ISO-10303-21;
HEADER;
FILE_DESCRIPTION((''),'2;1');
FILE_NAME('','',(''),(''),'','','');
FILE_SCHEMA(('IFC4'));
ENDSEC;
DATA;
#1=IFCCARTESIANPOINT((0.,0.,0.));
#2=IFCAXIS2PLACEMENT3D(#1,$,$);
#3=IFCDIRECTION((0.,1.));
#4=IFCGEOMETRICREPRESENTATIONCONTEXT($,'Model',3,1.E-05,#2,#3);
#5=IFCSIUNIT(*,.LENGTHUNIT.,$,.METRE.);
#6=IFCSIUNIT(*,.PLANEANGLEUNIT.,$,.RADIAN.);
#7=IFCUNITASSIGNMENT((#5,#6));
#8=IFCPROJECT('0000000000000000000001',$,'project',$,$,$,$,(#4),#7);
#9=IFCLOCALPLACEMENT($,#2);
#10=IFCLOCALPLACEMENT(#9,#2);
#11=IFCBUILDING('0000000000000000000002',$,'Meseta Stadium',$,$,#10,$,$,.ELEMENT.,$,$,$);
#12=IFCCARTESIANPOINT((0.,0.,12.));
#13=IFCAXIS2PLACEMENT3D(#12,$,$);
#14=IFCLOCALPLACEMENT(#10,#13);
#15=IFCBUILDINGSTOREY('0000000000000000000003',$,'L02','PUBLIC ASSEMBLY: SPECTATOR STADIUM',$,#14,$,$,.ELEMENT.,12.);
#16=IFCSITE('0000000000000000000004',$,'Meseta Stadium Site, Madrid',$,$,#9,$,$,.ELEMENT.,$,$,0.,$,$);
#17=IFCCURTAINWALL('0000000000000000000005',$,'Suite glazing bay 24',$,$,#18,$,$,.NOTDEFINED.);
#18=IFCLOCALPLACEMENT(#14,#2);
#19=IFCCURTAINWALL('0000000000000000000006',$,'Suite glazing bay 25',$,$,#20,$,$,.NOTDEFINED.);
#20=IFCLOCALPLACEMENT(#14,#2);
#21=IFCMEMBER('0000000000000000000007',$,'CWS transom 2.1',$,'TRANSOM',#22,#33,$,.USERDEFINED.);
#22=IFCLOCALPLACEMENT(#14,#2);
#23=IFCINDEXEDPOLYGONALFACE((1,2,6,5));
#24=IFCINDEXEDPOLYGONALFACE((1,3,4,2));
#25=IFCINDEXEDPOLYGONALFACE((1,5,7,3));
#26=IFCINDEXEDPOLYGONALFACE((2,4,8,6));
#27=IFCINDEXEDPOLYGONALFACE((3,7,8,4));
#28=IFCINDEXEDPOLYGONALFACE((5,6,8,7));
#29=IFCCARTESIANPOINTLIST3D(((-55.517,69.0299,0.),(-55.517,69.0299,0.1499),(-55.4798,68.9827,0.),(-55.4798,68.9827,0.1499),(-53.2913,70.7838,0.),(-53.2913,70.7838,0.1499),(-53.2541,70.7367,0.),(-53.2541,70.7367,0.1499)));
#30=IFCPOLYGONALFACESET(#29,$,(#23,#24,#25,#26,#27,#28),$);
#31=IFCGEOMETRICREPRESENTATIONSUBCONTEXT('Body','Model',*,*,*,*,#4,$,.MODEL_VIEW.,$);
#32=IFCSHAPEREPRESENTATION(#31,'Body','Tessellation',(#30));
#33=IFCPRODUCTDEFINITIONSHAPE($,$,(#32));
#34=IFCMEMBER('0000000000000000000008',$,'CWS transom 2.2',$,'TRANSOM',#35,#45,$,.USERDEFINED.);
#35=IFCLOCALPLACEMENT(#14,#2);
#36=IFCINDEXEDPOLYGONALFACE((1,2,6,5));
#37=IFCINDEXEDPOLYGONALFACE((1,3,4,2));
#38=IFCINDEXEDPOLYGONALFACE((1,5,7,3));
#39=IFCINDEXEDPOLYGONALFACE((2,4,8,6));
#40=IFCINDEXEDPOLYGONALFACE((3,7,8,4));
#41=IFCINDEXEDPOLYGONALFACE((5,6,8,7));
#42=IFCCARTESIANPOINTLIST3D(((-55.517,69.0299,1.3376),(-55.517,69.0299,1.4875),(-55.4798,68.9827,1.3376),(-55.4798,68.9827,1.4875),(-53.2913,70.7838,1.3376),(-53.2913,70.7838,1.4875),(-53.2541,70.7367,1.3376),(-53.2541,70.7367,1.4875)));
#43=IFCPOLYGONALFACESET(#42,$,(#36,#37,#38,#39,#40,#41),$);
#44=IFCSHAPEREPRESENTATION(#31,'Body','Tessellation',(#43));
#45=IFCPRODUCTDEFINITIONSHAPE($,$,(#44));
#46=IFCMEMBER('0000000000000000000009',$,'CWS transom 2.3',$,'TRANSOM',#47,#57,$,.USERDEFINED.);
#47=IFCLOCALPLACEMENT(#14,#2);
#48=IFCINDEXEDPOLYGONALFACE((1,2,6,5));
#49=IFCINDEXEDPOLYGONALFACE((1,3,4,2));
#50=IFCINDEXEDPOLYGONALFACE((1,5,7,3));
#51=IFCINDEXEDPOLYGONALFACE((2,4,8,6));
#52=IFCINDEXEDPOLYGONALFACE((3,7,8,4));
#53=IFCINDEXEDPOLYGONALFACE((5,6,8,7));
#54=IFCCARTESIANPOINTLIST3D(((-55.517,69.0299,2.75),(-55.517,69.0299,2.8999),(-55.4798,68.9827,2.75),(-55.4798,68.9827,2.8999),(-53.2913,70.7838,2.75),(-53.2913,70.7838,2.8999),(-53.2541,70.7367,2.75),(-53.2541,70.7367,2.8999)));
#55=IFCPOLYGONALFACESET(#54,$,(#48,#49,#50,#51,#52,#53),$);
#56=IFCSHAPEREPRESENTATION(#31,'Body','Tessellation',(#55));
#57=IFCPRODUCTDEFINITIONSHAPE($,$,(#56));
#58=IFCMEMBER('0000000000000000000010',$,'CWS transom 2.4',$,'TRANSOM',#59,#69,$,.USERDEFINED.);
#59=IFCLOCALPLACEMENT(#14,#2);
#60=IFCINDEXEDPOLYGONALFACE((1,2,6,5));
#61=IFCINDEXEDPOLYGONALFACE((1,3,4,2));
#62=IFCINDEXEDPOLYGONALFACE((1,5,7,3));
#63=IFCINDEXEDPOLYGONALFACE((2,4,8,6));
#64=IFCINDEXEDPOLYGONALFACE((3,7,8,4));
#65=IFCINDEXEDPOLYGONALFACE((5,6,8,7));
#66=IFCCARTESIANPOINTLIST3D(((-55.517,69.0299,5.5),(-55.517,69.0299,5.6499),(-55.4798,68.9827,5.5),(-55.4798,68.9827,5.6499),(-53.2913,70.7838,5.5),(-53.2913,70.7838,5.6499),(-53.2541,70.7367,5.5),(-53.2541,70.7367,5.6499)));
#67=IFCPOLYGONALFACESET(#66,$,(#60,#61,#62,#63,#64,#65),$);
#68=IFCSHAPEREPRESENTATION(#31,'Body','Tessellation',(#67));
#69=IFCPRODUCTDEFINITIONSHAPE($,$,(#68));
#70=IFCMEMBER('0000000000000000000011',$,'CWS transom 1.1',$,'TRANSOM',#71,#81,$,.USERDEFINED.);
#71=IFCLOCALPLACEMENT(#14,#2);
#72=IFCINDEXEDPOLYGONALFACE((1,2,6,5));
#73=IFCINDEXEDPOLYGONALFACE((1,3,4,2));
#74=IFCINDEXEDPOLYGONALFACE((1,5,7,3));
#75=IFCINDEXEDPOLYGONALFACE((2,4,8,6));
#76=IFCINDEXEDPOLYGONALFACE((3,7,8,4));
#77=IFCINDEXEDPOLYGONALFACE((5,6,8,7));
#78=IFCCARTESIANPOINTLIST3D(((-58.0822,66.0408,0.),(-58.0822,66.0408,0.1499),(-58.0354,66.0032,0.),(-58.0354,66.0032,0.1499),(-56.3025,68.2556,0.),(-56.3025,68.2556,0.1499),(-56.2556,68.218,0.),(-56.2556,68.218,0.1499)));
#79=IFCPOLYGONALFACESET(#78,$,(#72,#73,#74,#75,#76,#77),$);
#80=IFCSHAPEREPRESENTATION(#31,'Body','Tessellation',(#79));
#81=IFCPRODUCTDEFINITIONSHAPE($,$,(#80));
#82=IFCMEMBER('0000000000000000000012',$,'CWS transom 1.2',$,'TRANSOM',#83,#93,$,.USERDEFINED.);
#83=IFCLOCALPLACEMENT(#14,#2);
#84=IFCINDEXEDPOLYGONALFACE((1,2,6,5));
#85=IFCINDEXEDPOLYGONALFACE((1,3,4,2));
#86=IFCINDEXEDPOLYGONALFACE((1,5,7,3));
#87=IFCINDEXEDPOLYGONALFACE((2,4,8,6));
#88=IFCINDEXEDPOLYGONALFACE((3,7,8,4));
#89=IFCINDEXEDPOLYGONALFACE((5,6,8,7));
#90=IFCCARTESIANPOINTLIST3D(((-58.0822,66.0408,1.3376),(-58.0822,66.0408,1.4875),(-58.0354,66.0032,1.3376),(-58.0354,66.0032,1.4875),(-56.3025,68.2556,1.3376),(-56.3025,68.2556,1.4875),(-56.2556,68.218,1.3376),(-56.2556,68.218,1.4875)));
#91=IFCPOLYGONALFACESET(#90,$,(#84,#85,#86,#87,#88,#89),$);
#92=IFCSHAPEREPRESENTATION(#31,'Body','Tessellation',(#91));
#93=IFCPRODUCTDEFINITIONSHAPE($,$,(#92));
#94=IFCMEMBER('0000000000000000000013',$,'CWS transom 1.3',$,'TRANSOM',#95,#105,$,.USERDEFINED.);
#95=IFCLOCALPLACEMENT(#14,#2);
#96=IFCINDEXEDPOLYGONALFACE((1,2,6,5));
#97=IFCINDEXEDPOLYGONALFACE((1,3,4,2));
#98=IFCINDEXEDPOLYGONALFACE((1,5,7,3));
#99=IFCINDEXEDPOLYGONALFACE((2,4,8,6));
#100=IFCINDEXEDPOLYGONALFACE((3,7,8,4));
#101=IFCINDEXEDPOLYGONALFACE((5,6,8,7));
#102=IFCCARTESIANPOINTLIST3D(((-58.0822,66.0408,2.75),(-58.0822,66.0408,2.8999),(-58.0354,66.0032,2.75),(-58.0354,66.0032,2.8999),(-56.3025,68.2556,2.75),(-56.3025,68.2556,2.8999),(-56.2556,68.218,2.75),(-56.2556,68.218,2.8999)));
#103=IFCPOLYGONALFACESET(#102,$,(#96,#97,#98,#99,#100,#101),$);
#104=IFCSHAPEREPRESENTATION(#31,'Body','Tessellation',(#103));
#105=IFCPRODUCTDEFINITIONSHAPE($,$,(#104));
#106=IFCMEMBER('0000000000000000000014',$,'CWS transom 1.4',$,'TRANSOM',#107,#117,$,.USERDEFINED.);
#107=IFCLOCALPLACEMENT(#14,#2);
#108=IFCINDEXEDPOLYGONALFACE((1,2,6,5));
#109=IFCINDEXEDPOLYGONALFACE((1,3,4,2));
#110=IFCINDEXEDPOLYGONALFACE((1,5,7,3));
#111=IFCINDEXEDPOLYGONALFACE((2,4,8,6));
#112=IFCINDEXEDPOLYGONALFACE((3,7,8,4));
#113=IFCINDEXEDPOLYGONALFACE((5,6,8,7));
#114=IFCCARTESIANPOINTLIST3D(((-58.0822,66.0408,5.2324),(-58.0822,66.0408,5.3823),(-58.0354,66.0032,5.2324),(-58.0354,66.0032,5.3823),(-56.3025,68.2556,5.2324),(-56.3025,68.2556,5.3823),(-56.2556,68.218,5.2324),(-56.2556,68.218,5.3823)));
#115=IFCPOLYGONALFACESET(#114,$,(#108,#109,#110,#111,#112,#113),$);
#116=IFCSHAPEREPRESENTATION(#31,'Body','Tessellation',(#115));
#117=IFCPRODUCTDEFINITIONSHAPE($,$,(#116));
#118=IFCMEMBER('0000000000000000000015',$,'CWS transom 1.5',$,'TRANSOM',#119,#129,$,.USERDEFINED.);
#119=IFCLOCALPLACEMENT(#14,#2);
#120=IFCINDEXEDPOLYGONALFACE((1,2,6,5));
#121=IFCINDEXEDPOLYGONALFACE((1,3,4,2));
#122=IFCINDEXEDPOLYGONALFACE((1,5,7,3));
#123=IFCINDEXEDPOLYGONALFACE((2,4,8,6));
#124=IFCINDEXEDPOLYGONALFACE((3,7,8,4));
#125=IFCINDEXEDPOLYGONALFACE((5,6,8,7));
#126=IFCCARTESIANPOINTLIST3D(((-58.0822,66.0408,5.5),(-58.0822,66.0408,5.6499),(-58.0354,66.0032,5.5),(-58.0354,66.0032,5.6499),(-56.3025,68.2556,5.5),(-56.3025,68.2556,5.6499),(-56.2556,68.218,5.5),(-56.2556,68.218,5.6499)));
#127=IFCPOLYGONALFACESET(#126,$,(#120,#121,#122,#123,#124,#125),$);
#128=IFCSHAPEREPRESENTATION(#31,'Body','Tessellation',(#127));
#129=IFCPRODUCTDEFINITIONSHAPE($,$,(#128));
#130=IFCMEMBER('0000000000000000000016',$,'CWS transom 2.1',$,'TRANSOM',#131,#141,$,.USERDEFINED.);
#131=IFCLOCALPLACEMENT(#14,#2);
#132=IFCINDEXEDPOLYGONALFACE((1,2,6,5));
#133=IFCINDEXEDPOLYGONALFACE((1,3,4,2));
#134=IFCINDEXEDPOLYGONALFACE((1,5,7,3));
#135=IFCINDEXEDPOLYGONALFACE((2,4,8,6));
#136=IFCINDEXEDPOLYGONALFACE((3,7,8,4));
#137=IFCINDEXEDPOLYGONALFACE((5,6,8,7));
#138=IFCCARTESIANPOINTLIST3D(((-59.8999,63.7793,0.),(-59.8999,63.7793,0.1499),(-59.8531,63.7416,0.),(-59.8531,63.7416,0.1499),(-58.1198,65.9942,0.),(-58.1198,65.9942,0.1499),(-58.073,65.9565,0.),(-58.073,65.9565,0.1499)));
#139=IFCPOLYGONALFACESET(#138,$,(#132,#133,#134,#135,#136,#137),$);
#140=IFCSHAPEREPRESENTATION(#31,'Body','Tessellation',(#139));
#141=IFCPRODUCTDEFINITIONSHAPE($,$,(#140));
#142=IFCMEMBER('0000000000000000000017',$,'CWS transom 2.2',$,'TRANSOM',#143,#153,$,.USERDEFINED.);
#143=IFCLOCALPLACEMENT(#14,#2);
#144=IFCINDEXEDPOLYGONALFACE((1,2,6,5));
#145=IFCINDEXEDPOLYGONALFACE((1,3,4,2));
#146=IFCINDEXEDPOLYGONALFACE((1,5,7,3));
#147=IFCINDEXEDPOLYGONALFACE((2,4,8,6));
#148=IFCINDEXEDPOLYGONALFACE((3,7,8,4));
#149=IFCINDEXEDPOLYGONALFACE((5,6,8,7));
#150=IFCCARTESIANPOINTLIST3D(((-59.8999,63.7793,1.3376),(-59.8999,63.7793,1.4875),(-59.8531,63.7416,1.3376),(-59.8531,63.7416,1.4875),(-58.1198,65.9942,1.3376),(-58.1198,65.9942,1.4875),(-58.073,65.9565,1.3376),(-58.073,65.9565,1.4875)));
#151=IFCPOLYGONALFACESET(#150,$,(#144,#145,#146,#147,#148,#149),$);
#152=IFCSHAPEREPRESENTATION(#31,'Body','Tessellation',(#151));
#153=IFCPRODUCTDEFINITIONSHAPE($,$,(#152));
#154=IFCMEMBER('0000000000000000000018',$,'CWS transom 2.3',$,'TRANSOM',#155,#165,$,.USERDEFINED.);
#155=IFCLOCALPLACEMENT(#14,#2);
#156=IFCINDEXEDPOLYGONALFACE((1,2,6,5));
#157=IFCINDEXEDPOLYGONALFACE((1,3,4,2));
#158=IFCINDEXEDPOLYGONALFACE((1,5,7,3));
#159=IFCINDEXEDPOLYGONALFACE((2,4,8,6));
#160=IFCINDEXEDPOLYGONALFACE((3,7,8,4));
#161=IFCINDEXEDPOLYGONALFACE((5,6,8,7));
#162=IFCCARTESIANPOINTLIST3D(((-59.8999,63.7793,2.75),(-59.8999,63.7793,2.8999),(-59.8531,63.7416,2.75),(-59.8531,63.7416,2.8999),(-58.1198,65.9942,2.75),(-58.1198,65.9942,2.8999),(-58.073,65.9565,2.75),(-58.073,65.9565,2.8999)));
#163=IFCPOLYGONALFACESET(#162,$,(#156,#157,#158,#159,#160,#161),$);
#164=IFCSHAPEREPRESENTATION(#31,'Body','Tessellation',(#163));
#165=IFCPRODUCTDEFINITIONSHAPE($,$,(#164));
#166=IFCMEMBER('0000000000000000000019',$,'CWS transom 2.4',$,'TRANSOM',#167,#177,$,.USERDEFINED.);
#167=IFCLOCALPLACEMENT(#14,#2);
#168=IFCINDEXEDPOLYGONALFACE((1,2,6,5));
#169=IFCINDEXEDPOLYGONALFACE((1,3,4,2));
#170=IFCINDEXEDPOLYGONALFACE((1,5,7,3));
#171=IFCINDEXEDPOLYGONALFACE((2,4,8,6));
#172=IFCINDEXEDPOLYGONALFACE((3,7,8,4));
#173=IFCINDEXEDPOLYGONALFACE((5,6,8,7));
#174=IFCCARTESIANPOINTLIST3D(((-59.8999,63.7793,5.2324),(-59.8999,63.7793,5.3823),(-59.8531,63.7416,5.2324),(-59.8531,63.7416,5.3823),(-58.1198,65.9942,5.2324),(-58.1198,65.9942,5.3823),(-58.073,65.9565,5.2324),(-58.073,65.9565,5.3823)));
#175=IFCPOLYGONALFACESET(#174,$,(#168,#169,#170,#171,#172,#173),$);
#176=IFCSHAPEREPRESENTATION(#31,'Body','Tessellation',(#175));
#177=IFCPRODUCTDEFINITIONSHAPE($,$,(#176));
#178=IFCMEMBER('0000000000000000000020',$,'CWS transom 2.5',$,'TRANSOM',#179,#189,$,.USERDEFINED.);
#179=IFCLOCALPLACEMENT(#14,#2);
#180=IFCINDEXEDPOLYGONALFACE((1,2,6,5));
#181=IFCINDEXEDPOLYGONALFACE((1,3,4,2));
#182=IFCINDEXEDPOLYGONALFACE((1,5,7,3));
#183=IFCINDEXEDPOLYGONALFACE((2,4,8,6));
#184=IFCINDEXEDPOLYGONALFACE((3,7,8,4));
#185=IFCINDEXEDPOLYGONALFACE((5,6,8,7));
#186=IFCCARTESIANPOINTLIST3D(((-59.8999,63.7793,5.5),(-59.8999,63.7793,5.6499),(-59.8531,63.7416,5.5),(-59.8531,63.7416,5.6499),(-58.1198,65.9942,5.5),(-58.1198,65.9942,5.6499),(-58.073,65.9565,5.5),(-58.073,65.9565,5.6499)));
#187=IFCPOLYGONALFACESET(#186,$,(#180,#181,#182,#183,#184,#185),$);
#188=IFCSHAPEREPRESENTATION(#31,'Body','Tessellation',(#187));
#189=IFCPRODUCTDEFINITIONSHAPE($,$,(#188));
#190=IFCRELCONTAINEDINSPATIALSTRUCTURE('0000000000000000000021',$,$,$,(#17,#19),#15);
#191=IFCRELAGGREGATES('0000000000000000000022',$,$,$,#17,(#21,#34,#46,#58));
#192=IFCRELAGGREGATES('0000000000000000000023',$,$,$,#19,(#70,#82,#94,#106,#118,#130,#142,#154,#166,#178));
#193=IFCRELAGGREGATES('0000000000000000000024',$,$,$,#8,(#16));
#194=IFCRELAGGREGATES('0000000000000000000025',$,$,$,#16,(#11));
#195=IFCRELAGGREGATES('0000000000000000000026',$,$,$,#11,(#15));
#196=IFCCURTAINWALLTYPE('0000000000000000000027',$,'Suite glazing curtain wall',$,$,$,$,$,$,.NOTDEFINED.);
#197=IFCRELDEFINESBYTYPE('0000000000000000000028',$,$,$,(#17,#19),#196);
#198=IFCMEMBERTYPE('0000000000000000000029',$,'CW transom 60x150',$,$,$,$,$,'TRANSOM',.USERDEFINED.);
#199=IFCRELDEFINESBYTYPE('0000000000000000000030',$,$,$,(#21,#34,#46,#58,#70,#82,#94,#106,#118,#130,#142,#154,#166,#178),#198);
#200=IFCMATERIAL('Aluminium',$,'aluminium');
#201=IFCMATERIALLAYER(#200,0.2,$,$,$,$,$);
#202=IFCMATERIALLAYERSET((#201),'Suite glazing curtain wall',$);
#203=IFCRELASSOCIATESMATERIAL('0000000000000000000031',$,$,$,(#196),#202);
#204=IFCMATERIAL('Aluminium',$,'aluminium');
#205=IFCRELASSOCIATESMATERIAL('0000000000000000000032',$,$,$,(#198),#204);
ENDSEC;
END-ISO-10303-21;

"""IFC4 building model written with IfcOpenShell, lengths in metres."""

from ifc_helpers import new_model, si_unit, direction, frame, origin, origin_2d, place, context, subcontext, project, spatial, rectangle, extrude, material, layer, layer_set, material_profile, profile_set, type_object, element, aggregate, save


model = new_model("IFC4")

# Units and contexts
model_context = context("Model", 3, precision=1e-05, world=origin(), true_north=direction((0.0, 1.0)))
body_context = subcontext(model_context, "Body", "Model", "MODEL_VIEW")
ifc_project = project(units=[si_unit("LENGTHUNIT", "METRE"), si_unit("PLANEANGLEUNIT", "RADIAN")], contexts=[model_context])

# Site, building, storey
site_placement = place(None, origin())
site = spatial("IfcSite", under=ifc_project, at=site_placement, Name="Meseta Stadium Site, Madrid", CompositionType="ELEMENT", RefElevation=0.0)
building_placement = place(site_placement, origin())
building = spatial("IfcBuilding", under=site, at=building_placement, Name="Meseta Stadium", CompositionType="ELEMENT")
storey_placement = place(building_placement, frame((0.0, 0.0, 12.0)))
storey = spatial("IfcBuildingStorey", under=building, at=storey_placement, Name="L02", Description="PUBLIC ASSEMBLY: SPECTATOR STADIUM", CompositionType="ELEMENT", Elevation=12.0)

# Curtain walls
ifc_material_1 = material(Name="Aluminium", Category="aluminium")
ifc_layer_1 = layer(ifc_material_1, 0.2)
ifc_layer_set_1 = layer_set([ifc_layer_1], Name="Suite glazing curtain wall")
curtain_wall_type = type_object("IfcCurtainWallType", Name="Suite glazing curtain wall", PredefinedType="NOTDEFINED", material=ifc_layer_set_1)
curtain_wall_1_placement = place(storey_placement, origin())
curtain_wall_1 = element("IfcCurtainWall", 1, at=curtain_wall_1_placement, inside=storey, type_object=curtain_wall_type, Name="Suite glazing bay 24", PredefinedType="NOTDEFINED")
curtain_wall_2_placement = place(storey_placement, origin())
curtain_wall_2 = element("IfcCurtainWall", 2, at=curtain_wall_2_placement, inside=storey, type_object=curtain_wall_type, Name="Suite glazing bay 25", PredefinedType="NOTDEFINED")

# Members
ifc_material_2 = material(Name="Aluminium", Category="aluminium")
ifc_material_profile_1 = material_profile(ifc_material_2, rectangle(XDim=0.0601, YDim=0.1499, at=origin_2d()), Name="CW 60x150")
ifc_profile_set_1 = profile_set([ifc_material_profile_1], Name="Aluminium")
member_type_1 = type_object("IfcMemberType", Name="CW transom 60x150", ElementType="TRANSOM", PredefinedType="USERDEFINED", material=ifc_profile_set_1)
member_1_placement = place(storey_placement, frame((-53.2727, 70.7603, 0.075), z_axis=(-0.785421, -0.618962, 0.0), x_axis=(0.618962, -0.785421, 0.0)))
member_1 = element("IfcMember", 3, at=member_1_placement, type_object=member_type_1, Name="CWS transom 2.1", ObjectType="TRANSOM", PredefinedType="USERDEFINED", context=body_context, shape_type="SweptSolid", body=[
    extrude(rectangle(XDim=0.0601, YDim=0.1499, at=origin_2d()), origin(), (0.0, 0.0, 1.0), 2.8337),
])
member_2_placement = place(storey_placement, frame((-53.2727, 70.7603, 1.4126), z_axis=(-0.785421, -0.618962, 0.0), x_axis=(0.618962, -0.785421, 0.0)))
member_2 = element("IfcMember", 4, at=member_2_placement, type_object=member_type_1, Name="CWS transom 2.2", ObjectType="TRANSOM", PredefinedType="USERDEFINED", context=body_context, shape_type="SweptSolid", body=[
    extrude(rectangle(XDim=0.0601, YDim=0.1499, at=origin_2d()), origin(), (0.0, 0.0, 1.0), 2.8337),
])
member_3_placement = place(storey_placement, frame((-53.2727, 70.7603, 2.825), z_axis=(-0.785421, -0.618962, 0.0), x_axis=(0.618962, -0.785421, 0.0)))
member_3 = element("IfcMember", 5, at=member_3_placement, type_object=member_type_1, Name="CWS transom 2.3", ObjectType="TRANSOM", PredefinedType="USERDEFINED", context=body_context, shape_type="SweptSolid", body=[
    extrude(rectangle(XDim=0.0601, YDim=0.1499, at=origin_2d()), origin(), (0.0, 0.0, 1.0), 2.8337),
])
member_4_placement = place(storey_placement, frame((-53.2727, 70.7603, 5.575), z_axis=(-0.785421, -0.618962, 0.0), x_axis=(0.618962, -0.785421, 0.0)))
member_4 = element("IfcMember", 6, at=member_4_placement, type_object=member_type_1, Name="CWS transom 2.4", ObjectType="TRANSOM", PredefinedType="USERDEFINED", context=body_context, shape_type="SweptSolid", body=[
    extrude(rectangle(XDim=0.0601, YDim=0.1499, at=origin_2d()), origin(), (0.0, 0.0, 1.0), 2.8337),
])
member_5_placement = place(storey_placement, frame((-56.2791, 68.2368, 0.075), z_axis=(-0.626391, -0.779509, 0.0), x_axis=(0.779509, -0.626391, 0.0)))
member_5 = element("IfcMember", 7, at=member_5_placement, type_object=member_type_1, Name="CWS transom 1.1", ObjectType="TRANSOM", PredefinedType="USERDEFINED", context=body_context, shape_type="SweptSolid", body=[
    extrude(rectangle(XDim=0.0601, YDim=0.1499, at=origin_2d()), origin(), (0.0, 0.0, 1.0), 2.8413),
])
member_6_placement = place(storey_placement, frame((-56.2791, 68.2368, 1.4126), z_axis=(-0.626391, -0.779509, 0.0), x_axis=(0.779509, -0.626391, 0.0)))
member_6 = element("IfcMember", 8, at=member_6_placement, type_object=member_type_1, Name="CWS transom 1.2", ObjectType="TRANSOM", PredefinedType="USERDEFINED", context=body_context, shape_type="SweptSolid", body=[
    extrude(rectangle(XDim=0.0601, YDim=0.1499, at=origin_2d()), origin(), (0.0, 0.0, 1.0), 2.8413),
])
member_7_placement = place(storey_placement, frame((-56.2791, 68.2368, 2.825), z_axis=(-0.626391, -0.779509, 0.0), x_axis=(0.779509, -0.626391, 0.0)))
member_7 = element("IfcMember", 9, at=member_7_placement, type_object=member_type_1, Name="CWS transom 1.3", ObjectType="TRANSOM", PredefinedType="USERDEFINED", context=body_context, shape_type="SweptSolid", body=[
    extrude(rectangle(XDim=0.0601, YDim=0.1499, at=origin_2d()), origin(), (0.0, 0.0, 1.0), 2.8413),
])
member_8_placement = place(storey_placement, frame((-56.2791, 68.2368, 5.3074), z_axis=(-0.626391, -0.779509, 0.0), x_axis=(0.779509, -0.626391, 0.0)))
member_8 = element("IfcMember", 10, at=member_8_placement, type_object=member_type_1, Name="CWS transom 1.4", ObjectType="TRANSOM", PredefinedType="USERDEFINED", context=body_context, shape_type="SweptSolid", body=[
    extrude(rectangle(XDim=0.0601, YDim=0.1499, at=origin_2d()), origin(), (0.0, 0.0, 1.0), 2.8413),
])
member_9_placement = place(storey_placement, frame((-56.2791, 68.2368, 5.575), z_axis=(-0.626391, -0.779509, 0.0), x_axis=(0.779509, -0.626391, 0.0)))
member_9 = element("IfcMember", 11, at=member_9_placement, type_object=member_type_1, Name="CWS transom 1.5", ObjectType="TRANSOM", PredefinedType="USERDEFINED", context=body_context, shape_type="SweptSolid", body=[
    extrude(rectangle(XDim=0.0601, YDim=0.1499, at=origin_2d()), origin(), (0.0, 0.0, 1.0), 2.8413),
])
member_10_placement = place(storey_placement, frame((-58.0964, 65.9753, 0.075), z_axis=(-0.626443, -0.779467, 0.0), x_axis=(0.779467, -0.626443, 0.0)))
member_10 = element("IfcMember", 12, at=member_10_placement, type_object=member_type_1, Name="CWS transom 2.1", ObjectType="TRANSOM", PredefinedType="USERDEFINED", context=body_context, shape_type="SweptSolid", body=[
    extrude(rectangle(XDim=0.0601, YDim=0.1499, at=origin_2d()), origin(), (0.0, 0.0, 1.0), 2.8416),
])
member_11_placement = place(storey_placement, frame((-58.0964, 65.9753, 1.4126), z_axis=(-0.626443, -0.779467, 0.0), x_axis=(0.779467, -0.626443, 0.0)))
member_11 = element("IfcMember", 13, at=member_11_placement, type_object=member_type_1, Name="CWS transom 2.2", ObjectType="TRANSOM", PredefinedType="USERDEFINED", context=body_context, shape_type="SweptSolid", body=[
    extrude(rectangle(XDim=0.0601, YDim=0.1499, at=origin_2d()), origin(), (0.0, 0.0, 1.0), 2.8416),
])
member_12_placement = place(storey_placement, frame((-58.0964, 65.9753, 2.825), z_axis=(-0.626443, -0.779467, 0.0), x_axis=(0.779467, -0.626443, 0.0)))
member_12 = element("IfcMember", 14, at=member_12_placement, type_object=member_type_1, Name="CWS transom 2.3", ObjectType="TRANSOM", PredefinedType="USERDEFINED", context=body_context, shape_type="SweptSolid", body=[
    extrude(rectangle(XDim=0.0601, YDim=0.1499, at=origin_2d()), origin(), (0.0, 0.0, 1.0), 2.8416),
])
member_13_placement = place(storey_placement, frame((-58.0964, 65.9753, 5.3074), z_axis=(-0.626443, -0.779467, 0.0), x_axis=(0.779467, -0.626443, 0.0)))
member_13 = element("IfcMember", 15, at=member_13_placement, type_object=member_type_1, Name="CWS transom 2.4", ObjectType="TRANSOM", PredefinedType="USERDEFINED", context=body_context, shape_type="SweptSolid", body=[
    extrude(rectangle(XDim=0.0601, YDim=0.1499, at=origin_2d()), origin(), (0.0, 0.0, 1.0), 2.8416),
])
member_14_placement = place(storey_placement, frame((-58.0964, 65.9753, 5.575), z_axis=(-0.626443, -0.779467, 0.0), x_axis=(0.779467, -0.626443, 0.0)))
member_14 = element("IfcMember", 16, at=member_14_placement, type_object=member_type_1, Name="CWS transom 2.5", ObjectType="TRANSOM", PredefinedType="USERDEFINED", context=body_context, shape_type="SweptSolid", body=[
    extrude(rectangle(XDim=0.0601, YDim=0.1499, at=origin_2d()), origin(), (0.0, 0.0, 1.0), 2.8416),
])

aggregate(curtain_wall_1, [member_1, member_2, member_3, member_4])
aggregate(curtain_wall_2, [member_5, member_6, member_7, member_8, member_9, member_10, member_11, member_12, member_13, member_14])

save(model, "model.ifc")
